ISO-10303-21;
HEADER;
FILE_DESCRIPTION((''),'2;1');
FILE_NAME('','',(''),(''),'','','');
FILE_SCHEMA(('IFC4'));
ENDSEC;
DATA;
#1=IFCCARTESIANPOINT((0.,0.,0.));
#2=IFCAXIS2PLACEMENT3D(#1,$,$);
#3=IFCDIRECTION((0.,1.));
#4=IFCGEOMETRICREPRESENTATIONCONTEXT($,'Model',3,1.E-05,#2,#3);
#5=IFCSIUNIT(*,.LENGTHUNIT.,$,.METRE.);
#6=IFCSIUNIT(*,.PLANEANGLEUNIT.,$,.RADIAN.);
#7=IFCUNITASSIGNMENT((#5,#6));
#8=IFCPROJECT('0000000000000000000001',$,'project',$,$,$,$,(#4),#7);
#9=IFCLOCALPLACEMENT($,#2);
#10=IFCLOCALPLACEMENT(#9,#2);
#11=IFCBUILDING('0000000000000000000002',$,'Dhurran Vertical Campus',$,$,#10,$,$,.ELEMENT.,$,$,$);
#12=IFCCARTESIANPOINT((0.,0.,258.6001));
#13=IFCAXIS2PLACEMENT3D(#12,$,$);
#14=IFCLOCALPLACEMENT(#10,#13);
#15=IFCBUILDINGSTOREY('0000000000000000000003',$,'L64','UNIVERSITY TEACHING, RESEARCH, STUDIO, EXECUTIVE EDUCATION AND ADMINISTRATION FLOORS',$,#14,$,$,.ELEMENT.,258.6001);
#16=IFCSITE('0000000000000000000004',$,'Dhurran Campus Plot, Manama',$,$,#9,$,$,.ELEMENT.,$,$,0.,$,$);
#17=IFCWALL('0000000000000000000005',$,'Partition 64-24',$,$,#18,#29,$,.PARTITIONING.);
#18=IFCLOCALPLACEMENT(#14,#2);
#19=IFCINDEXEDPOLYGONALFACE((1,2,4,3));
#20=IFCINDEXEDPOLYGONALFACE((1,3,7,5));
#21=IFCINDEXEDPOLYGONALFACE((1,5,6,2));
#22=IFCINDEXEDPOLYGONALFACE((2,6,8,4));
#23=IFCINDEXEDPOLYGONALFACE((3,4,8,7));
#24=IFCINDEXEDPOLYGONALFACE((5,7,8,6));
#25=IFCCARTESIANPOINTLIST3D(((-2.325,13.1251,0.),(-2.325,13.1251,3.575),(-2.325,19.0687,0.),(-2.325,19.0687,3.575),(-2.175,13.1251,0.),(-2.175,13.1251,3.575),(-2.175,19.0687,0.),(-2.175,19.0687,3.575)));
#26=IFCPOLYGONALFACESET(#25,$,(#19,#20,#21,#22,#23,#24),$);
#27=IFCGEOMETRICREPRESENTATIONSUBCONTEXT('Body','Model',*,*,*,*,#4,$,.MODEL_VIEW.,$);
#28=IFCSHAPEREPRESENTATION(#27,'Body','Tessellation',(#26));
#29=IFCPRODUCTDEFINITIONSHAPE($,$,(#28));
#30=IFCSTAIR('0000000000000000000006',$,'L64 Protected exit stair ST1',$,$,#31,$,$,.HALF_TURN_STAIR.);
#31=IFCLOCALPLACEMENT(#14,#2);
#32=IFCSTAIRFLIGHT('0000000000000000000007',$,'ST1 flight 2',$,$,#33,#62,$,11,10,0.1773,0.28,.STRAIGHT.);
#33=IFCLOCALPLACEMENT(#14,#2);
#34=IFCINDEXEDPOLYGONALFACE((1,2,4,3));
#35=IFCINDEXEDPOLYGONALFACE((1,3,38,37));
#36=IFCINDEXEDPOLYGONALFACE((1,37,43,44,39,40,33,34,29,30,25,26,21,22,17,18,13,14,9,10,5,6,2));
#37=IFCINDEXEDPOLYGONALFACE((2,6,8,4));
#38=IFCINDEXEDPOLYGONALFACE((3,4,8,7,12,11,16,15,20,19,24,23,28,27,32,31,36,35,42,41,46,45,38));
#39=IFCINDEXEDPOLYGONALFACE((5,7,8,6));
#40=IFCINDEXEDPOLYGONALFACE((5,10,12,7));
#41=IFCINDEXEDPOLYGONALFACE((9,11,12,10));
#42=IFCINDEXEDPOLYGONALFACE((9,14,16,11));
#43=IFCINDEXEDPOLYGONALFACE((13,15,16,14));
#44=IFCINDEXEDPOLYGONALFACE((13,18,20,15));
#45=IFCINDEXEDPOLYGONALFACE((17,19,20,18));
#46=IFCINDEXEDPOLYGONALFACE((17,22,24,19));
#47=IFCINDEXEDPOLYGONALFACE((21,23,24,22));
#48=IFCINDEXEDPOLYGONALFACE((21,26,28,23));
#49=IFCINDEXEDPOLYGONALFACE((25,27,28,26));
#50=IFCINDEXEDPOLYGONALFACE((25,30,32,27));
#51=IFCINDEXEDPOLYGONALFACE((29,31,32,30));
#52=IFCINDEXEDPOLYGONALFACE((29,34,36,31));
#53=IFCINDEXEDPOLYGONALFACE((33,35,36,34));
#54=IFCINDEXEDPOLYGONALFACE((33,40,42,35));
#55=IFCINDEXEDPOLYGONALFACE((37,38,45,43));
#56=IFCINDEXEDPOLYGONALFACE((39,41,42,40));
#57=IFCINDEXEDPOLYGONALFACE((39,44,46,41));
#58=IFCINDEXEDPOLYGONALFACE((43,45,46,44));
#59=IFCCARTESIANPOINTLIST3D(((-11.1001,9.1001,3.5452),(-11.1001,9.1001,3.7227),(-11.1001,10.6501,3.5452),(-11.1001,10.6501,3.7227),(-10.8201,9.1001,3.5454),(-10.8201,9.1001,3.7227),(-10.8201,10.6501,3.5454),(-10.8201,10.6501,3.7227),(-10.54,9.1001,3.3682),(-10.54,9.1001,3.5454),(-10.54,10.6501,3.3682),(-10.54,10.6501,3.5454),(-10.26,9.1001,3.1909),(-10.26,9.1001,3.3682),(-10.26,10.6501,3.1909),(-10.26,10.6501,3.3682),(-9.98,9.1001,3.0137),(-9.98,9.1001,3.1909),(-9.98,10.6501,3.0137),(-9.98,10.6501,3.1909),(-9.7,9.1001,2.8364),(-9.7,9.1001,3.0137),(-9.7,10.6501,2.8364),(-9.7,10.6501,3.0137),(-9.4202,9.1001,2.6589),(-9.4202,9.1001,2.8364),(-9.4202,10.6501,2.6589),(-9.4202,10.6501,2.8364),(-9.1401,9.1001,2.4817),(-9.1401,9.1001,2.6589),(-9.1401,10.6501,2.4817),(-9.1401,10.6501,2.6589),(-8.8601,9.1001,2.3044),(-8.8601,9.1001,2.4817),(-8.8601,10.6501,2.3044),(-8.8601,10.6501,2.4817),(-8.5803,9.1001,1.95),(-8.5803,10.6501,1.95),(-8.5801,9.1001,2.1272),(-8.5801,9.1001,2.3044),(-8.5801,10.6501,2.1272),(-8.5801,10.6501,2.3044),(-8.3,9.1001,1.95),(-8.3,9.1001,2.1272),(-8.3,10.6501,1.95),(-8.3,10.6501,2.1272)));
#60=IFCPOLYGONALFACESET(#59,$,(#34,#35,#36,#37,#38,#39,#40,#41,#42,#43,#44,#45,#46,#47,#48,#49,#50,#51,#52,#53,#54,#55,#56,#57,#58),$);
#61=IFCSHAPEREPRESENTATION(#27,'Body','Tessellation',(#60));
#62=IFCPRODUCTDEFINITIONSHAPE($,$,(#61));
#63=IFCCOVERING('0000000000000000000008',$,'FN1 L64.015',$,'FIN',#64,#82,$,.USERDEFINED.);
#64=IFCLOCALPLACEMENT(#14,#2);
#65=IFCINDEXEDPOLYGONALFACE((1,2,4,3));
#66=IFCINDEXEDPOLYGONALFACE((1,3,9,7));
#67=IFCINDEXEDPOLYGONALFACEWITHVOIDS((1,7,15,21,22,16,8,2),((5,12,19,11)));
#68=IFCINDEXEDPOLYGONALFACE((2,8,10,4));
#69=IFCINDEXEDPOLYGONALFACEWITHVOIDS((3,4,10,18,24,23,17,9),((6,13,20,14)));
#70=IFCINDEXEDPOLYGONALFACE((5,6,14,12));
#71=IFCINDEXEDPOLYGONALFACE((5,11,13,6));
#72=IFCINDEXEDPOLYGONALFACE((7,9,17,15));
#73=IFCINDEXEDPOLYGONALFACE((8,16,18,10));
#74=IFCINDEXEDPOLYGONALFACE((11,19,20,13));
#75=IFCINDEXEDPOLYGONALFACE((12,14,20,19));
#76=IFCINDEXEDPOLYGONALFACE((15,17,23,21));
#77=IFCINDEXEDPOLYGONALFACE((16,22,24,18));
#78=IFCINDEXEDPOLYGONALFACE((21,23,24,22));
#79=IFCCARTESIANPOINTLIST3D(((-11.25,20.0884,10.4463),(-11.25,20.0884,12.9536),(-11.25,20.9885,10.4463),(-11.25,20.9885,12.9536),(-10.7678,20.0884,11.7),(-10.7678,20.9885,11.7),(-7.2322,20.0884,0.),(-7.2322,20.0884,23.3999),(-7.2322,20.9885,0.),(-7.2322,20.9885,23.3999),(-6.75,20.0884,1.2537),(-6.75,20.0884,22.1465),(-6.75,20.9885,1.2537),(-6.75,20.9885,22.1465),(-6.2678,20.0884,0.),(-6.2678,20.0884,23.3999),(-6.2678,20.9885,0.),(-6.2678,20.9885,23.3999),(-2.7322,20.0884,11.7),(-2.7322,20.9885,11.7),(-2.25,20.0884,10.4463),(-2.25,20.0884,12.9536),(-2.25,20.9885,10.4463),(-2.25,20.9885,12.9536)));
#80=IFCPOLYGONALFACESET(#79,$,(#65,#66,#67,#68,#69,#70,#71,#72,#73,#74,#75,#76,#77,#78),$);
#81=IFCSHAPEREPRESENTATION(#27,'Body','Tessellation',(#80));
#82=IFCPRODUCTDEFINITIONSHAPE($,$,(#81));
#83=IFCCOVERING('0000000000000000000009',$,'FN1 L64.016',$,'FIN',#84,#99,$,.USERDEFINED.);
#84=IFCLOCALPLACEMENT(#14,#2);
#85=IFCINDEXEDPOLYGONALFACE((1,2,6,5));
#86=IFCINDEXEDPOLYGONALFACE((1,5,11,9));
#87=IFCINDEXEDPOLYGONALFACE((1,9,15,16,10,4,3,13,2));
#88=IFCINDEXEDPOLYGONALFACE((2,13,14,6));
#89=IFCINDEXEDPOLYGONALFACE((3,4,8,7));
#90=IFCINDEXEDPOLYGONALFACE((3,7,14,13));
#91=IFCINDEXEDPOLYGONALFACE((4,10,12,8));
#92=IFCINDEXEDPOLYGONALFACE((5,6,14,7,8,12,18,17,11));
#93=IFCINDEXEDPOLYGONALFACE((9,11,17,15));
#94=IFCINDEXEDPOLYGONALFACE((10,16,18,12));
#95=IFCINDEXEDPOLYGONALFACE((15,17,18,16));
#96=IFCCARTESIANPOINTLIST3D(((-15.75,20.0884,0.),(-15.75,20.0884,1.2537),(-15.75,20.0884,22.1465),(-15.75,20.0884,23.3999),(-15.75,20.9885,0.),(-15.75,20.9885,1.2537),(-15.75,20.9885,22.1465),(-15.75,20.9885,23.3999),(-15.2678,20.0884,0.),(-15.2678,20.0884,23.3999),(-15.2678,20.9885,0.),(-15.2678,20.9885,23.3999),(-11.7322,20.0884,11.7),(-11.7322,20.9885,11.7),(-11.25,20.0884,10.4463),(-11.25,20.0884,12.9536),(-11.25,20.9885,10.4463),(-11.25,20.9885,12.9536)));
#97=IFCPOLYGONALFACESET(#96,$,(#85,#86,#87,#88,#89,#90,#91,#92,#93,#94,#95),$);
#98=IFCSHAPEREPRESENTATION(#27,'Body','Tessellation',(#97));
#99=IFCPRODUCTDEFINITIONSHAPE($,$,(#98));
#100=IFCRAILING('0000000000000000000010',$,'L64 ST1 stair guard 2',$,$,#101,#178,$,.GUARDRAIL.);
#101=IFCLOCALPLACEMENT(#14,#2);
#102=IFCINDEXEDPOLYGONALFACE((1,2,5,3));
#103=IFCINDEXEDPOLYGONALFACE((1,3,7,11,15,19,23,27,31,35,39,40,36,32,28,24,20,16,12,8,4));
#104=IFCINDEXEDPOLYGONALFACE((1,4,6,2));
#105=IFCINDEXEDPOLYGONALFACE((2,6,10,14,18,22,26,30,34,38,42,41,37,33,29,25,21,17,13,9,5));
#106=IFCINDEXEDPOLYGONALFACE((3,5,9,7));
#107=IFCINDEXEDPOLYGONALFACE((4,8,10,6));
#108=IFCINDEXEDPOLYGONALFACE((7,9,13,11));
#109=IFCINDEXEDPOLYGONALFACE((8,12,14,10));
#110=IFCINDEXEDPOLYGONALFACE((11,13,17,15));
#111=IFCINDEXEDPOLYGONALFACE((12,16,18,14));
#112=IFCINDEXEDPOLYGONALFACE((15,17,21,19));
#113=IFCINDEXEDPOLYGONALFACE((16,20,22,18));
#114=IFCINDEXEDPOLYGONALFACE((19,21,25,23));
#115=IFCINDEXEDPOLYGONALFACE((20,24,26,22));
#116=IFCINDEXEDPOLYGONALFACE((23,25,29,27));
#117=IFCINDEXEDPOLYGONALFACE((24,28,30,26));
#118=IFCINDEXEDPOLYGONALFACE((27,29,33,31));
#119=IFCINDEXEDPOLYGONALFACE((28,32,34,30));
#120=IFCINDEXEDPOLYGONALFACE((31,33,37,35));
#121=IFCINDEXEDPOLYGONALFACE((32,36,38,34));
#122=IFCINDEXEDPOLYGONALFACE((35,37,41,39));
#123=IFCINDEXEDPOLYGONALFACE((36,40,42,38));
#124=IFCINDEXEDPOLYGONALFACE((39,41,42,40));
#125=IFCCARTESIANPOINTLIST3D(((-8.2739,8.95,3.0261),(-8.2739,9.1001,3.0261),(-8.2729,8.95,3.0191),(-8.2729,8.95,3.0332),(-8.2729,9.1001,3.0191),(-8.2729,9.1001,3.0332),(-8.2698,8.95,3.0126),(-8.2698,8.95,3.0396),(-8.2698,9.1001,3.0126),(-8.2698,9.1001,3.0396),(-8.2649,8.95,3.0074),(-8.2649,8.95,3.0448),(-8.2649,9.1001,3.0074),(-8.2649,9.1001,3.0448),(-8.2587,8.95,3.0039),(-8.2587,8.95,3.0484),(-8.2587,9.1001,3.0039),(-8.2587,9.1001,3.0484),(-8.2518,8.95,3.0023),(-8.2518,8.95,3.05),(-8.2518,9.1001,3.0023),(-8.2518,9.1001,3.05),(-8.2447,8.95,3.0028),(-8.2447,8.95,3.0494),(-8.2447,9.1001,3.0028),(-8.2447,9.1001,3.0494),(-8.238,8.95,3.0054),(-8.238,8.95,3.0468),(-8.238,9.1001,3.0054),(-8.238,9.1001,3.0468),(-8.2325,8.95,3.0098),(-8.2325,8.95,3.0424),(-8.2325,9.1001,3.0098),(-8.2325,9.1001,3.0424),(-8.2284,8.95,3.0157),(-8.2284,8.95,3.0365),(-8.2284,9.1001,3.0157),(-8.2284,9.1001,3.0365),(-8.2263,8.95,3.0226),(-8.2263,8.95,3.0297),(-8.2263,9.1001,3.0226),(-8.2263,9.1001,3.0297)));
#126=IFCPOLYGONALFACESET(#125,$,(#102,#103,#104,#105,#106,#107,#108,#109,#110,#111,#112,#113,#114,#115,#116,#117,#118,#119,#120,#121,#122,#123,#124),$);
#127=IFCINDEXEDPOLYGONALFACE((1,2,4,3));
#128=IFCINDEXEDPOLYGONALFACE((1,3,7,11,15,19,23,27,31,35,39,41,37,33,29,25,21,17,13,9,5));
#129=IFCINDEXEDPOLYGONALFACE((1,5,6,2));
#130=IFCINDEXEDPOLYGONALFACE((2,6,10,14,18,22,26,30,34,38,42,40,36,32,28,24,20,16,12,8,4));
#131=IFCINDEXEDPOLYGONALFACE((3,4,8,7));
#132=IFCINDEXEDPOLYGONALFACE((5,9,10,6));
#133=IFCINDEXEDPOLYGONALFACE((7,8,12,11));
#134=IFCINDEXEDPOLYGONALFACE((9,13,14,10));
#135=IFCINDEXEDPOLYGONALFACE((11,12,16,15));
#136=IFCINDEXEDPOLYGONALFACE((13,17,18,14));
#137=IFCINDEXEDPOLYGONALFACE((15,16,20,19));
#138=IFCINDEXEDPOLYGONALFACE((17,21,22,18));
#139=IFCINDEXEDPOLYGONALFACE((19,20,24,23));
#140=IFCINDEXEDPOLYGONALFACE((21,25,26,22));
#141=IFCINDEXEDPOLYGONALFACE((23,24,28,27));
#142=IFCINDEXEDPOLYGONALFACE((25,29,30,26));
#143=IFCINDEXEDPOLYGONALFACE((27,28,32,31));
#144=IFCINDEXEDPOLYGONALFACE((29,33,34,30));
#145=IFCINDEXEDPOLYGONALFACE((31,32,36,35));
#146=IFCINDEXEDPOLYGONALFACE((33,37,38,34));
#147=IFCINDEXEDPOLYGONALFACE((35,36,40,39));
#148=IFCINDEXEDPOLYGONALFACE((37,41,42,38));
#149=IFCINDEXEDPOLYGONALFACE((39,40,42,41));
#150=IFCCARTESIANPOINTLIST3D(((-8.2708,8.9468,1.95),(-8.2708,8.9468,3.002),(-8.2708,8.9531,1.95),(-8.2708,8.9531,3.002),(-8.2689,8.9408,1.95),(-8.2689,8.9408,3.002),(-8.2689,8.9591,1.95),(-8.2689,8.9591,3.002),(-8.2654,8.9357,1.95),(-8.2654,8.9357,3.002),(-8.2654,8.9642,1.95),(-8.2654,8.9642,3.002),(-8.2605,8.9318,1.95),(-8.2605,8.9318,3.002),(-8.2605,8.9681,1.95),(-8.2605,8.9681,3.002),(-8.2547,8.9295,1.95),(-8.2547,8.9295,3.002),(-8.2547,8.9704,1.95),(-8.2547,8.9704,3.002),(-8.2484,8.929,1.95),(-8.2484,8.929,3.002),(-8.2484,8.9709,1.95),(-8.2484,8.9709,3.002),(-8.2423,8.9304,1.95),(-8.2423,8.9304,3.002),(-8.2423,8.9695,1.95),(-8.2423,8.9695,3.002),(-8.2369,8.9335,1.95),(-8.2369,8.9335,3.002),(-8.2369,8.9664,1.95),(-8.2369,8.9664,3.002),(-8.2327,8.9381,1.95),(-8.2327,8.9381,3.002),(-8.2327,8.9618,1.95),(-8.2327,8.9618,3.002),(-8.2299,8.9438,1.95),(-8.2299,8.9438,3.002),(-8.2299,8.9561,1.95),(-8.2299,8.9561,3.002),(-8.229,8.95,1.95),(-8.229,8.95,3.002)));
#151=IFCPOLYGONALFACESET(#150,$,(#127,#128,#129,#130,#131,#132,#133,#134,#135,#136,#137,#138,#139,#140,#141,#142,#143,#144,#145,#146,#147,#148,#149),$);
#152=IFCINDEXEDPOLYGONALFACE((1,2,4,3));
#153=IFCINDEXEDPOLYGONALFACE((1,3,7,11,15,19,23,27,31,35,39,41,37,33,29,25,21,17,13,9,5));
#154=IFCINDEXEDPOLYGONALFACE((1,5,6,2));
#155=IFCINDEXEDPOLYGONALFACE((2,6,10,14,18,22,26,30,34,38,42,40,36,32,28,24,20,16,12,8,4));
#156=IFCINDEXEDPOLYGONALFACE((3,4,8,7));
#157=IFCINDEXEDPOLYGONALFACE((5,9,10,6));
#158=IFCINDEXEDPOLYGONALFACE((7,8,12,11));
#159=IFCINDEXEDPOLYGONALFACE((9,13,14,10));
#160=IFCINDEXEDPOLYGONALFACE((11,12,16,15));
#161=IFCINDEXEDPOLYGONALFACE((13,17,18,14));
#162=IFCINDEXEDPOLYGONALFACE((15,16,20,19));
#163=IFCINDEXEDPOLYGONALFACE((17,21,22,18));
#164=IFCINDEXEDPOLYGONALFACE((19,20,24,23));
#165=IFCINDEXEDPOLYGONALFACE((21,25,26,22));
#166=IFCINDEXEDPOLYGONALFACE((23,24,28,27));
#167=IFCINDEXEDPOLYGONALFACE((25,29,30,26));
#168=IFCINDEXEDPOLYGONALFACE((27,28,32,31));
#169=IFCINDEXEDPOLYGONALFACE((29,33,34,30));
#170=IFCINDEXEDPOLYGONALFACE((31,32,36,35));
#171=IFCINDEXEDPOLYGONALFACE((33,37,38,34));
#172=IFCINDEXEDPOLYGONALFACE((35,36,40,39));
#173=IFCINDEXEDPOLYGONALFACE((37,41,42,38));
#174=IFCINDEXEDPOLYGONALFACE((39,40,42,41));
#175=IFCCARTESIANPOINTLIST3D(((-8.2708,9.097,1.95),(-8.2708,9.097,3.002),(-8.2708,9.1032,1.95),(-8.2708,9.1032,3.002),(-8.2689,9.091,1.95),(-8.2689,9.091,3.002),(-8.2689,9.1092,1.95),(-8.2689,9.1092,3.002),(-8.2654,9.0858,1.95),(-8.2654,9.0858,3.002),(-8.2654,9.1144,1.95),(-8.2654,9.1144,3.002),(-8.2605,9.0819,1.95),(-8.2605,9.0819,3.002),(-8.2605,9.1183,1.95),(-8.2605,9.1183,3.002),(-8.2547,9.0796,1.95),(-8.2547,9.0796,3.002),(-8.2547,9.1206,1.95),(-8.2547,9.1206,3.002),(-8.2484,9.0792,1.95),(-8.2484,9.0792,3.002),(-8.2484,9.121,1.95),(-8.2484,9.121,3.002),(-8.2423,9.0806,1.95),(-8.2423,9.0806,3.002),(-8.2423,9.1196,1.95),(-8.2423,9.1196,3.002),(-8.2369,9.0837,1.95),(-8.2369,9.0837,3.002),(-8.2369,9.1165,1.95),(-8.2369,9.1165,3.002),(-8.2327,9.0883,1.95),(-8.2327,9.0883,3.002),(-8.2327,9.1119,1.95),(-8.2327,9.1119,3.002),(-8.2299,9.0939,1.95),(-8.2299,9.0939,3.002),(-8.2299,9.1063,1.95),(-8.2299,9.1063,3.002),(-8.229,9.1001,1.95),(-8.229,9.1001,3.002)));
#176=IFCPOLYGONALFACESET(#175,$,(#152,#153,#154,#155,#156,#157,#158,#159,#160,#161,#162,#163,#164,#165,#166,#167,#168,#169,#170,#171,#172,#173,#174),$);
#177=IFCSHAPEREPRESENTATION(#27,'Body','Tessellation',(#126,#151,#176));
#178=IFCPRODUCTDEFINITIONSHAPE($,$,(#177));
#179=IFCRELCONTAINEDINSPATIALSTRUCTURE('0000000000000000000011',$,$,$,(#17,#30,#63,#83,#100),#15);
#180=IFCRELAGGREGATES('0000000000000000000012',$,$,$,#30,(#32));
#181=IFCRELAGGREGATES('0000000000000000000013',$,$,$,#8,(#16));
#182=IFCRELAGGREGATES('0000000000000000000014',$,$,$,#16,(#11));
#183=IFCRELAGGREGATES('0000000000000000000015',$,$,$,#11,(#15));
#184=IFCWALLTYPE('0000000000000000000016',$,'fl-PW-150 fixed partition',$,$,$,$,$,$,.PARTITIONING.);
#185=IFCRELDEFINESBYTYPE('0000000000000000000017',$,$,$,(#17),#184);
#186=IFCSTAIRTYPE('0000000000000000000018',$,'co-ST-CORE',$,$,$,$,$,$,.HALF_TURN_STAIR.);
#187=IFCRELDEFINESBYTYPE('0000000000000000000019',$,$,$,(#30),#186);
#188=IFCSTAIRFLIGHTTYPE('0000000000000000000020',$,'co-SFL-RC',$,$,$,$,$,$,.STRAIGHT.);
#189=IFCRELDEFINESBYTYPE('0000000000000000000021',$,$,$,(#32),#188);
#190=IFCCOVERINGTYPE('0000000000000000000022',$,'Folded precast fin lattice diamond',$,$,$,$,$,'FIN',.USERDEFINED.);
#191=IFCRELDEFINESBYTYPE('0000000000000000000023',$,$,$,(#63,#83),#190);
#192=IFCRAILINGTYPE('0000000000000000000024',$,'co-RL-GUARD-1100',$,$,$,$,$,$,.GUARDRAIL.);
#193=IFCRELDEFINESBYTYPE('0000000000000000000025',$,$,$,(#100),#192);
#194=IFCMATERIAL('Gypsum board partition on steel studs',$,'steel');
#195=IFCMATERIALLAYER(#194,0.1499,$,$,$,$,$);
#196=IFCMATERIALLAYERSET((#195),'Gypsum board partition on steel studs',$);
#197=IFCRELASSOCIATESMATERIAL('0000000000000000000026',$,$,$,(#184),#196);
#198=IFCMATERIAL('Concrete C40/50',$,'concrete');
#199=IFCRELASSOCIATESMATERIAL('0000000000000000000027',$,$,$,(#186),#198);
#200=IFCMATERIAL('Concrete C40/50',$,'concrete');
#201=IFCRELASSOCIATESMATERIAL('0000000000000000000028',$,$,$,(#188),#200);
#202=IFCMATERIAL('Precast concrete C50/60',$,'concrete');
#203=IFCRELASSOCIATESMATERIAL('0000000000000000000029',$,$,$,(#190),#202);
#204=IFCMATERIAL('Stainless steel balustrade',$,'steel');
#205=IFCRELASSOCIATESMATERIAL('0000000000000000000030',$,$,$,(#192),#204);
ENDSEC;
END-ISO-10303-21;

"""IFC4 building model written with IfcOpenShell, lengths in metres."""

from ifc_helpers import new_model, si_unit, direction, frame, frame_2d, origin, origin_2d, place, context, subcontext, project, spatial, polyline, rectangle, circle, outline, extrude, material, layer, layer_set, type_object, element, aggregate, save


model = new_model("IFC4")

# Units and contexts
model_context = context("Model", 3, precision=1e-05, world=origin(), true_north=direction((0.0, 1.0)))
body_context = subcontext(model_context, "Body", "Model", "MODEL_VIEW")
ifc_project = project(units=[si_unit("LENGTHUNIT", "METRE"), si_unit("PLANEANGLEUNIT", "RADIAN")], contexts=[model_context])

# Site, building, storey
site_placement = place(None, origin())
site = spatial("IfcSite", under=ifc_project, at=site_placement, Name="Dhurran Campus Plot, Manama", CompositionType="ELEMENT", RefElevation=0.0)
building_placement = place(site_placement, origin())
building = spatial("IfcBuilding", under=site, at=building_placement, Name="Dhurran Vertical Campus", CompositionType="ELEMENT")
storey_placement = place(building_placement, frame((0.0, 0.0, 258.6001)))
storey = spatial("IfcBuildingStorey", under=building, at=storey_placement, Name="L64", Description="UNIVERSITY TEACHING, RESEARCH, STUDIO, EXECUTIVE EDUCATION AND ADMINISTRATION FLOORS", CompositionType="ELEMENT", Elevation=258.6001)

# Wall
ifc_material_1 = material(Name="Gypsum board partition on steel studs", Category="steel")
ifc_layer_1 = layer(ifc_material_1, 0.1499)
ifc_layer_set_1 = layer_set([ifc_layer_1], Name="Gypsum board partition on steel studs")
wall_type_1 = type_object("IfcWallType", Name="fl-PW-150 fixed partition", PredefinedType="PARTITIONING", material=ifc_layer_set_1)
wall_1_placement = place(storey_placement, frame((-2.25, 19.0686, 0.0), z_axis=(0.0, 0.0, 1.0), x_axis=(0.0, -1.0, 0.0)))
element("IfcWall", 1, at=wall_1_placement, inside=storey, type_object=wall_type_1, Name="Partition 64-24", PredefinedType="PARTITIONING", context=body_context, shape_type="SweptSolid", body=[
    extrude(rectangle(XDim=5.9436, YDim=0.1499, at=frame_2d((2.9717, 0.0))), origin(), (0.0, 0.0, 1.0), 3.575),
])

# Stair, stair flight
ifc_material_2 = material(Name="Concrete C40/50", Category="concrete")
stair_type = type_object("IfcStairType", Name="co-ST-CORE", PredefinedType="HALF_TURN_STAIR", material=ifc_material_2)
stair_placement = place(storey_placement, origin())
stair = element("IfcStair", 2, at=stair_placement, inside=storey, type_object=stair_type, Name="L64 Protected exit stair ST1", PredefinedType="HALF_TURN_STAIR")
ifc_material_3 = material(Name="Concrete C40/50", Category="concrete")
stair_flight_type = type_object("IfcStairFlightType", Name="co-SFL-RC", PredefinedType="STRAIGHT", material=ifc_material_3)
stair_flight_placement = place(storey_placement, frame((-8.3, 9.875, 1.95), z_axis=(0.0, 0.0, 1.0), x_axis=(-1.0, 0.0, 0.0)))
stair_flight = element("IfcStairFlight", 3, at=stair_flight_placement, type_object=stair_flight_type, Name="ST1 flight 2", NumberOfRisers=11, NumberOfTreads=10, PredefinedType="STRAIGHT", RiserHeight=0.1773, TreadLength=0.28, context=body_context, shape_type="SweptSolid", body=[
    extrude(outline(polyline([(0.0, 0.0), (0.0, 0.1772), (0.28, 0.1772), (0.28, 0.3545), (0.5601, 0.3545), (0.5601, 0.5317), (0.8401, 0.5317), (0.8401, 0.709), (1.1201, 0.709), (1.1201, 0.8865), (1.3999, 0.8865), (1.3999, 1.0637), (1.6799, 1.0637), (1.6799, 1.241), (1.96, 1.241), (1.96, 1.4182), (2.24, 1.4182), (2.24, 1.5955), (2.52, 1.5955), (2.52, 1.7727), (2.8, 1.7727), (2.8, 1.95), (2.8, 1.5952), (0.2803, 0.0), (0.0, 0.0)])), frame((0.0, 0.7749, 0.0), z_axis=(0.0, -1.0, 0.0), x_axis=(1.0, 0.0, 0.0)), (0.0, 0.0, 1.0), 1.55),
])
aggregate(stair, [stair_flight])

# Coverings
ifc_material_4 = material(Name="Precast concrete C50/60", Category="concrete")
covering_type = type_object("IfcCoveringType", Name="Folded precast fin lattice diamond", ElementType="FIN", PredefinedType="USERDEFINED", material=ifc_material_4)
covering_1_placement = place(storey_placement, frame((-2.25, 20.0884, 0.0), z_axis=(0.0, 1.0, 0.0), x_axis=(-1.0, 0.0, 0.0)))
element("IfcCovering", 4, at=covering_1_placement, inside=storey, type_object=covering_type, Name="FN1 L64.015", ObjectType="FIN", PredefinedType="USERDEFINED", context=body_context, shape_type="SweptSolid", body=[
    extrude(outline(polyline([(9.0, 12.9536), (9.0, 10.4463), (4.9822, 0.0), (4.0178, 0.0), (0.0, 10.4463), (0.0, 12.9536), (4.0178, 23.3999), (4.9822, 23.3999), (9.0, 12.9536)]), holes=[polyline([(8.5178, 11.7), (4.5, 22.1465), (0.4822, 11.7), (4.5, 1.2537), (8.5178, 11.7)])]), origin(), (0.0, 0.0, 1.0), 0.9001),
])
covering_2_placement = place(storey_placement, frame((-11.25, 20.0884, 0.0), z_axis=(0.0, 1.0, 0.0), x_axis=(-1.0, 0.0, 0.0)))
element("IfcCovering", 5, at=covering_2_placement, inside=storey, type_object=covering_type, Name="FN1 L64.016", ObjectType="FIN", PredefinedType="USERDEFINED", context=body_context, shape_type="SweptSolid", body=[
    extrude(outline(polyline([(4.0178, 0.0), (0.0, 10.4463), (0.0, 12.9536), (4.0178, 23.3999), (4.5, 23.3999), (4.5, 22.1465), (0.4822, 11.7), (4.5, 1.2537), (4.5, 0.0), (4.0178, 0.0)])), origin(), (0.0, 0.0, 1.0), 0.9001),
])

# Railing
ifc_material_5 = material(Name="Stainless steel balustrade", Category="steel")
railing_type_1 = type_object("IfcRailingType", Name="co-RL-GUARD-1100", PredefinedType="GUARDRAIL", material=ifc_material_5)
railing_1_placement = place(storey_placement, frame((-8.25, 8.95, 1.95)))
element("IfcRailing", 6, at=railing_1_placement, inside=storey, type_object=railing_type_1, Name="L64 ST1 stair guard 2", PredefinedType="GUARDRAIL", context=body_context, shape_type="SweptSolid", body=[
    extrude(circle(Radius=0.0239, at=origin_2d()), frame((0.0, 0.0, 1.0762), z_axis=(0.0, 1.0, 0.0), x_axis=(-1.0, 0.0, 0.0)), (0.0, 0.0, 1.0), 0.1501),
    extrude(circle(Radius=0.021, at=origin_2d()), origin(), (0.0, 0.0, 1.0), 1.052),
    extrude(circle(Radius=0.021, at=origin_2d()), frame((0.0, 0.1501, 0.0)), (0.0, 0.0, 1.0), 1.052),
])

save(model, "model.ifc")
